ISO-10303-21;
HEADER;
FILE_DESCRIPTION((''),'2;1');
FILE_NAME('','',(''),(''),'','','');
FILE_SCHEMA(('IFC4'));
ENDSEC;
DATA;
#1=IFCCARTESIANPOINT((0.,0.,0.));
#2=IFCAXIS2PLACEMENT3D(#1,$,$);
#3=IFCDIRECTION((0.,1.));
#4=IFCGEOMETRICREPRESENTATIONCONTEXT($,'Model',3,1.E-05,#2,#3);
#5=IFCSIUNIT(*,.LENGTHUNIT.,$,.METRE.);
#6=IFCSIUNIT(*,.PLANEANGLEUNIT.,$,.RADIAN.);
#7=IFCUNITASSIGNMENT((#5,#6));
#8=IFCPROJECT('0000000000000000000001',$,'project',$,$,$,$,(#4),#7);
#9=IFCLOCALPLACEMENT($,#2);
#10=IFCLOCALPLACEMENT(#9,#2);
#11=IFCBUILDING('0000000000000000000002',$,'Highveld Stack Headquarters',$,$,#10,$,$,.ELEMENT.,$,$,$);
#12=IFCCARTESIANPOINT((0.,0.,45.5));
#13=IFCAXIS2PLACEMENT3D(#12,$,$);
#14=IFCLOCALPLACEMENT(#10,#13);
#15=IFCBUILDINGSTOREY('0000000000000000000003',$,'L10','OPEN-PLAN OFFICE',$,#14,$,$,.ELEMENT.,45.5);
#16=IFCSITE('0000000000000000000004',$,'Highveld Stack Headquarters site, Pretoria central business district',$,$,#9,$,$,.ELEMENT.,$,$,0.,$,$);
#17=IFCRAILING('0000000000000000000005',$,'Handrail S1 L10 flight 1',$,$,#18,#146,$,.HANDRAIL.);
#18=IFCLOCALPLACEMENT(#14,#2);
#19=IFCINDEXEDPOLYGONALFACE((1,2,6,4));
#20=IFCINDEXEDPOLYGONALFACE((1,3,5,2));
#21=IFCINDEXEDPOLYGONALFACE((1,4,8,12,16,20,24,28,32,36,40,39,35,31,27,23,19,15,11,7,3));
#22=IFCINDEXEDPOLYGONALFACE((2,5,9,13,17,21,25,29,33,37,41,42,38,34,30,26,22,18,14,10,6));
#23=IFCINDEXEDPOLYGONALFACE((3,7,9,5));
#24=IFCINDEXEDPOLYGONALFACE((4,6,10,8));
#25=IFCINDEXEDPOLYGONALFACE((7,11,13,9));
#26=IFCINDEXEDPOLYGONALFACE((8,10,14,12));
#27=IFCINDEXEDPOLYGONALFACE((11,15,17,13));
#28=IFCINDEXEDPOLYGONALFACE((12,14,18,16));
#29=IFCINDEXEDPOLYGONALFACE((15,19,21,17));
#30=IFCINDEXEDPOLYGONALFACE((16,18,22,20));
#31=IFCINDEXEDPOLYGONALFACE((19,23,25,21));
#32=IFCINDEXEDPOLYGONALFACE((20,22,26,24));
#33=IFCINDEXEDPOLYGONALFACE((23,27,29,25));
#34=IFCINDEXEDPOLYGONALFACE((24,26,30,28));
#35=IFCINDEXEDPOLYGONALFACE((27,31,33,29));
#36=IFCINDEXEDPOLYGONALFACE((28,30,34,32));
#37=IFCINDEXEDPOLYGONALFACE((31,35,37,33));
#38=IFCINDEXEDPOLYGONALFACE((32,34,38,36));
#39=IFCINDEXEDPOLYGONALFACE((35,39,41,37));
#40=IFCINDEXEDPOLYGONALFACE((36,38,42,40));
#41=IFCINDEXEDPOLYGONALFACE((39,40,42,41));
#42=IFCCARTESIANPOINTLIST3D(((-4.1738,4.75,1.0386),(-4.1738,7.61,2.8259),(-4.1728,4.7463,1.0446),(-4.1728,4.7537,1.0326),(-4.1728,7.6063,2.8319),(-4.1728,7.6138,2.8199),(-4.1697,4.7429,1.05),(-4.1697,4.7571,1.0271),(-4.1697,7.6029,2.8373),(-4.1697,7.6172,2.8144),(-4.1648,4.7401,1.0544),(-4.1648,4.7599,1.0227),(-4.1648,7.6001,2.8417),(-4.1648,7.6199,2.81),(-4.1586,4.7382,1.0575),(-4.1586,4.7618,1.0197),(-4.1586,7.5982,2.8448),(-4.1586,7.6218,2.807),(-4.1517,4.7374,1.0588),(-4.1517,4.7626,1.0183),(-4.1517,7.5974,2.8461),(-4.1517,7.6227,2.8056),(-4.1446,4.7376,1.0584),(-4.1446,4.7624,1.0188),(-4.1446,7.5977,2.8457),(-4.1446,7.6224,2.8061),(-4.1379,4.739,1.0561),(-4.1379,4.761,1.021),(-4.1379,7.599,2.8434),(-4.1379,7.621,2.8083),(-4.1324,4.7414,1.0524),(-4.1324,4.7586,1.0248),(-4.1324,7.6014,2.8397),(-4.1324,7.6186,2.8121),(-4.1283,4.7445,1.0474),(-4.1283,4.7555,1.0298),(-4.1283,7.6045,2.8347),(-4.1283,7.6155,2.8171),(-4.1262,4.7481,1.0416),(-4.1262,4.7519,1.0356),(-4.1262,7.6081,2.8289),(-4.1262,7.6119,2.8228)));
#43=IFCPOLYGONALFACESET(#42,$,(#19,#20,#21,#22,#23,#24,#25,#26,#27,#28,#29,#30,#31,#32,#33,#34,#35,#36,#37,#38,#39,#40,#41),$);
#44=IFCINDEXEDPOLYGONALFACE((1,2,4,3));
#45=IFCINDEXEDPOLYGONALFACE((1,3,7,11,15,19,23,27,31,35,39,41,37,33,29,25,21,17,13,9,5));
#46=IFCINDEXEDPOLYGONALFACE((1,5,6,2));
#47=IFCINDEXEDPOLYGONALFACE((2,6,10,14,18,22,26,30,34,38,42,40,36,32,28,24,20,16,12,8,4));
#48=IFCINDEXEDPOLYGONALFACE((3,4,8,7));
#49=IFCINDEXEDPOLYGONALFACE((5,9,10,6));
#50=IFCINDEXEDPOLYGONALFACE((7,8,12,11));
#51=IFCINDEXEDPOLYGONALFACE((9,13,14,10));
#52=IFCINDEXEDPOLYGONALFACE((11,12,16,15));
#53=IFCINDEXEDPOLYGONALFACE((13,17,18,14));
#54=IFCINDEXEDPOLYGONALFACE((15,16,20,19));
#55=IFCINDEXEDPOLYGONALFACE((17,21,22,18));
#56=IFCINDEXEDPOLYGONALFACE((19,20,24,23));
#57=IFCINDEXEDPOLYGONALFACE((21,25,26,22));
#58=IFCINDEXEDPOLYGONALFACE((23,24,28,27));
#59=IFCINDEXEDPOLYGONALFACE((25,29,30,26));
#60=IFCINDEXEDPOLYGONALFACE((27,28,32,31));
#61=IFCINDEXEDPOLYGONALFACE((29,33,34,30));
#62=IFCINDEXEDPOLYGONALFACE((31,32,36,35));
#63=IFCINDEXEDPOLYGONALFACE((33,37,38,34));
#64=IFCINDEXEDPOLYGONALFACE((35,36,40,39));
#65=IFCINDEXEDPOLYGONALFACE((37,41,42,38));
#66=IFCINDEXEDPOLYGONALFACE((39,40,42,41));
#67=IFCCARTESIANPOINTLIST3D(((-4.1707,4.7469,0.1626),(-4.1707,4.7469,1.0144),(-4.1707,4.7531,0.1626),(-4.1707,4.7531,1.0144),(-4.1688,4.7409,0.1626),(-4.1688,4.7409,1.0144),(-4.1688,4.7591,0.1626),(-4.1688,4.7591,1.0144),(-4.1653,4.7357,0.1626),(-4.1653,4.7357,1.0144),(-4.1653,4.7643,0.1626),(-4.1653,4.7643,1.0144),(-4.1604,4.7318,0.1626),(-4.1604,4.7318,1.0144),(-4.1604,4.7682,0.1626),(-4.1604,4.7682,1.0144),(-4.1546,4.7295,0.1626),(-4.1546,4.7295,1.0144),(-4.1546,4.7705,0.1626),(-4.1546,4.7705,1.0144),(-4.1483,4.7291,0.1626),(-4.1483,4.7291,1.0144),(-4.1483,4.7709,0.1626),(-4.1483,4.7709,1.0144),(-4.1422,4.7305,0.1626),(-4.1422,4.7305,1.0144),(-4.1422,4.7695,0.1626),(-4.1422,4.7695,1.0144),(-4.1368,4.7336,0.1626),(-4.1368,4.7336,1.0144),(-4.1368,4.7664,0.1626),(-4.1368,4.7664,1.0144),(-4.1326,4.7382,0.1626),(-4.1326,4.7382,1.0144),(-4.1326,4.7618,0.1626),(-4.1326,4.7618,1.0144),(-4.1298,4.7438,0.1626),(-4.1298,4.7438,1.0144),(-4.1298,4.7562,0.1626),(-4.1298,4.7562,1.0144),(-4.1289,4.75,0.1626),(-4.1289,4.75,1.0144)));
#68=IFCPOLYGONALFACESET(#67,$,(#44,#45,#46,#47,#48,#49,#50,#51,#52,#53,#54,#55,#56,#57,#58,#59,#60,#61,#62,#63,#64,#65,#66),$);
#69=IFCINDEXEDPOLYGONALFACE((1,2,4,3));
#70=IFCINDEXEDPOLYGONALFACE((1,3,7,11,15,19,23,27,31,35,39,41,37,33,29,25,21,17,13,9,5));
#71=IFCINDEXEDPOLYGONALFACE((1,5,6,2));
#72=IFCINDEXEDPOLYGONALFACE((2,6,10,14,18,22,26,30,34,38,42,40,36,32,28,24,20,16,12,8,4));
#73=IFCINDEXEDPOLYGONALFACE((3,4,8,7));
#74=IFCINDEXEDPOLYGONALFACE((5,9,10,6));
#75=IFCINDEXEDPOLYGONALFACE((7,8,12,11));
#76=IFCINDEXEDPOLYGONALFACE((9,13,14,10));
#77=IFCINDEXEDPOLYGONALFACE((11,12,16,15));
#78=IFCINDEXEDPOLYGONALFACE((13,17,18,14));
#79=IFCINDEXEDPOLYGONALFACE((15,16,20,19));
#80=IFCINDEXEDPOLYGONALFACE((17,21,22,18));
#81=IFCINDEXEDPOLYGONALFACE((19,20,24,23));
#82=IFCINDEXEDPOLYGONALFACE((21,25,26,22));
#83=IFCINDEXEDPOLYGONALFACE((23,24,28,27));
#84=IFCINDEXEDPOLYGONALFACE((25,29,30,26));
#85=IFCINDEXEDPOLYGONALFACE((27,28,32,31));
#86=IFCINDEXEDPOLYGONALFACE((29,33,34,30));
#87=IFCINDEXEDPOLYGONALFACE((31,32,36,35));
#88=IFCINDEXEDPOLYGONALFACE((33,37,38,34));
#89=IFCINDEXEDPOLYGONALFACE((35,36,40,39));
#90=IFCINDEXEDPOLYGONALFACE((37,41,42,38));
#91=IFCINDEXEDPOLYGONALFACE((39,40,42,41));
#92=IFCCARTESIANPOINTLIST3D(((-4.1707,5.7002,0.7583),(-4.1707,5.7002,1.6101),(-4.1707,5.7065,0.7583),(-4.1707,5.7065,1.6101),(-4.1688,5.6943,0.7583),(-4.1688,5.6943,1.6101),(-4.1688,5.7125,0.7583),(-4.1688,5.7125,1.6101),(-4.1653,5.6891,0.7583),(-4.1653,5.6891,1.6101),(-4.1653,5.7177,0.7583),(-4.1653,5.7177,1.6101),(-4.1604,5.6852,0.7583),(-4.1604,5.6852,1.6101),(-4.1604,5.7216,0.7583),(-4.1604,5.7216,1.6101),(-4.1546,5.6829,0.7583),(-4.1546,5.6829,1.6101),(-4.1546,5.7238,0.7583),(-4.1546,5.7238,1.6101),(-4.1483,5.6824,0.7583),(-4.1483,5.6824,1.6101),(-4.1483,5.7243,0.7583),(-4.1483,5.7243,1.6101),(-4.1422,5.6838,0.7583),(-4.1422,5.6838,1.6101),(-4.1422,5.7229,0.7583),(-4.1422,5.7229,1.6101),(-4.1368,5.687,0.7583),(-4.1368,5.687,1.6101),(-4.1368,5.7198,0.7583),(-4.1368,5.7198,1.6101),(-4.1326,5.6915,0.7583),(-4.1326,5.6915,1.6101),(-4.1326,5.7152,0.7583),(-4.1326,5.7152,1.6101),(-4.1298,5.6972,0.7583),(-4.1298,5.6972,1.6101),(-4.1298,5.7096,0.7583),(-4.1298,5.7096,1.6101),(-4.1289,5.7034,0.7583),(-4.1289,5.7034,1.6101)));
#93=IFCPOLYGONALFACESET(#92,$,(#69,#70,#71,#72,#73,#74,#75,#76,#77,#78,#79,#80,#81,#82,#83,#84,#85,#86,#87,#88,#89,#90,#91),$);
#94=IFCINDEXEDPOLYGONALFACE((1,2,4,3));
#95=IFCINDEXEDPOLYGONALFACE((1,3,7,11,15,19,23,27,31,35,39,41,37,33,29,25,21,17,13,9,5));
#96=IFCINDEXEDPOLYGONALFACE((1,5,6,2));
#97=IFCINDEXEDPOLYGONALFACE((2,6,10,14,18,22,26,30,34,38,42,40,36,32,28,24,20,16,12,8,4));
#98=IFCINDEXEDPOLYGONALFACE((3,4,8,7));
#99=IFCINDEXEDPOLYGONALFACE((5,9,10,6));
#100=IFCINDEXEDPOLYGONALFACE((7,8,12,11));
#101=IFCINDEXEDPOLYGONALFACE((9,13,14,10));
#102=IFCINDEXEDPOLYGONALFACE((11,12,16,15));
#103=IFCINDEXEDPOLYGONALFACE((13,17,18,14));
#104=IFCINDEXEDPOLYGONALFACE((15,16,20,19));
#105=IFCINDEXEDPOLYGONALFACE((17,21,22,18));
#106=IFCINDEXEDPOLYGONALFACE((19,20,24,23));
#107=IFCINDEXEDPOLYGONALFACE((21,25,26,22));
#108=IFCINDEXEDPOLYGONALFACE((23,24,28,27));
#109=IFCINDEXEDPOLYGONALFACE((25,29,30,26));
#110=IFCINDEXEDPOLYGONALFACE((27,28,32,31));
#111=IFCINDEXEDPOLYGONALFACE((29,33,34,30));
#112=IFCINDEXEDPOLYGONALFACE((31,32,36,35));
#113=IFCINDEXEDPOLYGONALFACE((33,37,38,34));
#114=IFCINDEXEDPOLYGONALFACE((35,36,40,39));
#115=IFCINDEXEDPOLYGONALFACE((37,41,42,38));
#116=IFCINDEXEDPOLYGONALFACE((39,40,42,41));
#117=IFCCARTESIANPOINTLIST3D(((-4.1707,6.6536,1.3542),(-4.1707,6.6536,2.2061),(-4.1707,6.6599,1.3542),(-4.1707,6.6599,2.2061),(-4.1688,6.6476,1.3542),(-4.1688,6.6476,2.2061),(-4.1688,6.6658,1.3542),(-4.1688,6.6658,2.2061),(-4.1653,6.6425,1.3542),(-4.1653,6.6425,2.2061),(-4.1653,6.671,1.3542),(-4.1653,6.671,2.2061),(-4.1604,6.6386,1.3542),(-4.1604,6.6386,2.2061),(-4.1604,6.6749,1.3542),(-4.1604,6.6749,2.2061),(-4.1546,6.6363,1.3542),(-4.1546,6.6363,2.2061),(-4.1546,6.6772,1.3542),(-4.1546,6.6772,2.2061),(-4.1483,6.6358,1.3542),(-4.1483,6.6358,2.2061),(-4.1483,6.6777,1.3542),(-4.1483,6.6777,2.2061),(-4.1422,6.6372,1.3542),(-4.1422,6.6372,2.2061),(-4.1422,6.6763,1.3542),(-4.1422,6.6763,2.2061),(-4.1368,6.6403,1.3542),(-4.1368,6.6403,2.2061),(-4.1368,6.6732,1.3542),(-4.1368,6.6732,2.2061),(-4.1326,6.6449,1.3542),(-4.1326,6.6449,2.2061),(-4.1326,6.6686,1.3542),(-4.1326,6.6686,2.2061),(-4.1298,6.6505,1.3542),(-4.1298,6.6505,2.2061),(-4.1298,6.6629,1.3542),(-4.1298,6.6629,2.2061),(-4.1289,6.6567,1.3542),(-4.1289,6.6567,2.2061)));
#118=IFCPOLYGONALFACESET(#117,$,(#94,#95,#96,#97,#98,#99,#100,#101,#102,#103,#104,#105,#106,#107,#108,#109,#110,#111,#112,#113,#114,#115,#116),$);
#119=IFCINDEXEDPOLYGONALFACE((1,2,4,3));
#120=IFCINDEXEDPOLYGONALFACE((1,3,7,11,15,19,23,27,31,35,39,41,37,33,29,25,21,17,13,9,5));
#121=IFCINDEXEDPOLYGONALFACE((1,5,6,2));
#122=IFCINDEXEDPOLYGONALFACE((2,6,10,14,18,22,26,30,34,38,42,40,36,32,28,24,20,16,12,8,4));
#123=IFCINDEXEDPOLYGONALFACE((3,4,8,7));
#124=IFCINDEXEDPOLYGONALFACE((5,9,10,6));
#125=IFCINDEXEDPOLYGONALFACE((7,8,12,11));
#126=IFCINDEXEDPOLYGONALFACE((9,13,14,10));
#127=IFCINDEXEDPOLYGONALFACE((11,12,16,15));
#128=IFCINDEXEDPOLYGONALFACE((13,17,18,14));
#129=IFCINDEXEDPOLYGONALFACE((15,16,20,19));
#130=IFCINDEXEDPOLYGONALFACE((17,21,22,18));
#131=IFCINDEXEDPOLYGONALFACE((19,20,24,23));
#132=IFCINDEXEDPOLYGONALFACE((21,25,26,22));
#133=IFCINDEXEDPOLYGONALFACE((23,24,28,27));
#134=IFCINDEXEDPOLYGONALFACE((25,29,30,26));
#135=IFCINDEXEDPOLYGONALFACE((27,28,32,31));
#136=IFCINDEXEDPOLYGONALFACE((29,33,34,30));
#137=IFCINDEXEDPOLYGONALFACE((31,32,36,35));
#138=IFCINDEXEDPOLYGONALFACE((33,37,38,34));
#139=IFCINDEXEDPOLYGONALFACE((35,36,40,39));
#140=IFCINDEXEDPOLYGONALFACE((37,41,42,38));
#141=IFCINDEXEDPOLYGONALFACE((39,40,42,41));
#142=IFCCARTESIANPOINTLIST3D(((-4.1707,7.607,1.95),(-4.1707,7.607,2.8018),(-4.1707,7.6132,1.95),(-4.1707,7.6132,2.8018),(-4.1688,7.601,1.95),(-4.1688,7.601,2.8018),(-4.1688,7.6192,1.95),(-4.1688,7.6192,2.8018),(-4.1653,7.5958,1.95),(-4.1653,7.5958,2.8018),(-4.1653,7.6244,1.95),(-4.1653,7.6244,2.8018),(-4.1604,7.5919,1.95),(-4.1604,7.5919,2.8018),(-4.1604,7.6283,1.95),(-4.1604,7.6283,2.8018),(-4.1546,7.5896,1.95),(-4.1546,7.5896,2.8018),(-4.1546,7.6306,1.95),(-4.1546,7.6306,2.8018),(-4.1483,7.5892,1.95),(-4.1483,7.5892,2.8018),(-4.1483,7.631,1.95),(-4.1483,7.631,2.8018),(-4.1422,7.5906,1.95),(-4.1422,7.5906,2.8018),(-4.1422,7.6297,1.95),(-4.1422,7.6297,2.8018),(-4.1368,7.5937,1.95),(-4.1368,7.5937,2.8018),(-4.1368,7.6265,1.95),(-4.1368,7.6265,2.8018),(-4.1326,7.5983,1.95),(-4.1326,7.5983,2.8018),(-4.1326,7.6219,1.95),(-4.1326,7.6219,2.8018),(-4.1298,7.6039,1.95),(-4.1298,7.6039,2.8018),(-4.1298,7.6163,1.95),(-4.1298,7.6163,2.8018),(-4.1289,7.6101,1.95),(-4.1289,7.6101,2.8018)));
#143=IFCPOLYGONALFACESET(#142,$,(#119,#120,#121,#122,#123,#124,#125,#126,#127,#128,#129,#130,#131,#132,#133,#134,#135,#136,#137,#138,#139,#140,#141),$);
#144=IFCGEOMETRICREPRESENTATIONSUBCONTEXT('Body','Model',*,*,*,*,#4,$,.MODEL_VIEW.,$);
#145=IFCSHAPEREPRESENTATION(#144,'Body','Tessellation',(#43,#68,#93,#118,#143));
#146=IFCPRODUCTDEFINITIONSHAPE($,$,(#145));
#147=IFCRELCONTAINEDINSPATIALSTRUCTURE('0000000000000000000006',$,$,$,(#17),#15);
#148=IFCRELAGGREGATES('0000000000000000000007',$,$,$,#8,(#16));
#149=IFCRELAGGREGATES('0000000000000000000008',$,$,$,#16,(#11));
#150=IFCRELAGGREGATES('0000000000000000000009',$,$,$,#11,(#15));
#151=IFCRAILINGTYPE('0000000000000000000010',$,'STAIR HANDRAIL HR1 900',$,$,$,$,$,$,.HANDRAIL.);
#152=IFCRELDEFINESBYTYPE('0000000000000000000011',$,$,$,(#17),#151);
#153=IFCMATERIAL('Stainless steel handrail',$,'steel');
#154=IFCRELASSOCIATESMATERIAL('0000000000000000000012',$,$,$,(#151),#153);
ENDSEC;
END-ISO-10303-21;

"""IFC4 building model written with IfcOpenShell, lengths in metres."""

from ifc_helpers import new_model, si_unit, direction, frame, origin, origin_2d, place, context, subcontext, project, spatial, circle, extrude, material, type_object, element, save


model = new_model("IFC4")

# Units and contexts
model_context = context("Model", 3, precision=1e-05, world=origin(), true_north=direction((0.0, 1.0)))
body_context = subcontext(model_context, "Body", "Model", "MODEL_VIEW")
ifc_project = project(units=[si_unit("LENGTHUNIT", "METRE"), si_unit("PLANEANGLEUNIT", "RADIAN")], contexts=[model_context])

# Site, building, storey
site_placement = place(None, origin())
site = spatial("IfcSite", under=ifc_project, at=site_placement, Name="Highveld Stack Headquarters site, Pretoria central business district", CompositionType="ELEMENT", RefElevation=0.0)
building_placement = place(site_placement, origin())
building = spatial("IfcBuilding", under=site, at=building_placement, Name="Highveld Stack Headquarters", CompositionType="ELEMENT")
storey_placement = place(building_placement, frame((0.0, 0.0, 45.5)))
storey = spatial("IfcBuildingStorey", under=building, at=storey_placement, Name="L10", Description="OPEN-PLAN OFFICE", CompositionType="ELEMENT", Elevation=45.5)

# Railing
ifc_material_1 = material(Name="Stainless steel handrail", Category="steel")
railing_type = type_object("IfcRailingType", Name="STAIR HANDRAIL HR1 900", PredefinedType="HANDRAIL", material=ifc_material_1)
for number, where, name in (
    (1, (-4.1499, 4.75, 0.1626), "Handrail S1 L10 flight 1"),
):
    element("IfcRailing", number, at=place(storey_placement, frame(where)), inside=storey, type_object=railing_type, Name=name, PredefinedType="HANDRAIL", context=body_context, shape_type="SweptSolid", body=[
        extrude(circle(Radius=0.0239, at=origin_2d()), frame((0.0, 0.0, 0.876), z_axis=(0.0, 0.848027, 0.529953), x_axis=(-1.0, 0.0, 0.0)), (0.0, 0.0, 1.0), 3.3726),
        extrude(circle(Radius=0.021, at=origin_2d()), origin(), (0.0, 0.0, 1.0), 0.8518),
        extrude(circle(Radius=0.021, at=origin_2d()), frame((0.0, 0.9534, 0.5957)), (0.0, 0.0, 1.0), 0.8518),
        extrude(circle(Radius=0.021, at=origin_2d()), frame((0.0, 1.9067, 1.1917)), (0.0, 0.0, 1.0), 0.8518),
        extrude(circle(Radius=0.021, at=origin_2d()), frame((0.0, 2.8601, 1.7874)), (0.0, 0.0, 1.0), 0.8518),
    ])

save(model, "model.ifc")
